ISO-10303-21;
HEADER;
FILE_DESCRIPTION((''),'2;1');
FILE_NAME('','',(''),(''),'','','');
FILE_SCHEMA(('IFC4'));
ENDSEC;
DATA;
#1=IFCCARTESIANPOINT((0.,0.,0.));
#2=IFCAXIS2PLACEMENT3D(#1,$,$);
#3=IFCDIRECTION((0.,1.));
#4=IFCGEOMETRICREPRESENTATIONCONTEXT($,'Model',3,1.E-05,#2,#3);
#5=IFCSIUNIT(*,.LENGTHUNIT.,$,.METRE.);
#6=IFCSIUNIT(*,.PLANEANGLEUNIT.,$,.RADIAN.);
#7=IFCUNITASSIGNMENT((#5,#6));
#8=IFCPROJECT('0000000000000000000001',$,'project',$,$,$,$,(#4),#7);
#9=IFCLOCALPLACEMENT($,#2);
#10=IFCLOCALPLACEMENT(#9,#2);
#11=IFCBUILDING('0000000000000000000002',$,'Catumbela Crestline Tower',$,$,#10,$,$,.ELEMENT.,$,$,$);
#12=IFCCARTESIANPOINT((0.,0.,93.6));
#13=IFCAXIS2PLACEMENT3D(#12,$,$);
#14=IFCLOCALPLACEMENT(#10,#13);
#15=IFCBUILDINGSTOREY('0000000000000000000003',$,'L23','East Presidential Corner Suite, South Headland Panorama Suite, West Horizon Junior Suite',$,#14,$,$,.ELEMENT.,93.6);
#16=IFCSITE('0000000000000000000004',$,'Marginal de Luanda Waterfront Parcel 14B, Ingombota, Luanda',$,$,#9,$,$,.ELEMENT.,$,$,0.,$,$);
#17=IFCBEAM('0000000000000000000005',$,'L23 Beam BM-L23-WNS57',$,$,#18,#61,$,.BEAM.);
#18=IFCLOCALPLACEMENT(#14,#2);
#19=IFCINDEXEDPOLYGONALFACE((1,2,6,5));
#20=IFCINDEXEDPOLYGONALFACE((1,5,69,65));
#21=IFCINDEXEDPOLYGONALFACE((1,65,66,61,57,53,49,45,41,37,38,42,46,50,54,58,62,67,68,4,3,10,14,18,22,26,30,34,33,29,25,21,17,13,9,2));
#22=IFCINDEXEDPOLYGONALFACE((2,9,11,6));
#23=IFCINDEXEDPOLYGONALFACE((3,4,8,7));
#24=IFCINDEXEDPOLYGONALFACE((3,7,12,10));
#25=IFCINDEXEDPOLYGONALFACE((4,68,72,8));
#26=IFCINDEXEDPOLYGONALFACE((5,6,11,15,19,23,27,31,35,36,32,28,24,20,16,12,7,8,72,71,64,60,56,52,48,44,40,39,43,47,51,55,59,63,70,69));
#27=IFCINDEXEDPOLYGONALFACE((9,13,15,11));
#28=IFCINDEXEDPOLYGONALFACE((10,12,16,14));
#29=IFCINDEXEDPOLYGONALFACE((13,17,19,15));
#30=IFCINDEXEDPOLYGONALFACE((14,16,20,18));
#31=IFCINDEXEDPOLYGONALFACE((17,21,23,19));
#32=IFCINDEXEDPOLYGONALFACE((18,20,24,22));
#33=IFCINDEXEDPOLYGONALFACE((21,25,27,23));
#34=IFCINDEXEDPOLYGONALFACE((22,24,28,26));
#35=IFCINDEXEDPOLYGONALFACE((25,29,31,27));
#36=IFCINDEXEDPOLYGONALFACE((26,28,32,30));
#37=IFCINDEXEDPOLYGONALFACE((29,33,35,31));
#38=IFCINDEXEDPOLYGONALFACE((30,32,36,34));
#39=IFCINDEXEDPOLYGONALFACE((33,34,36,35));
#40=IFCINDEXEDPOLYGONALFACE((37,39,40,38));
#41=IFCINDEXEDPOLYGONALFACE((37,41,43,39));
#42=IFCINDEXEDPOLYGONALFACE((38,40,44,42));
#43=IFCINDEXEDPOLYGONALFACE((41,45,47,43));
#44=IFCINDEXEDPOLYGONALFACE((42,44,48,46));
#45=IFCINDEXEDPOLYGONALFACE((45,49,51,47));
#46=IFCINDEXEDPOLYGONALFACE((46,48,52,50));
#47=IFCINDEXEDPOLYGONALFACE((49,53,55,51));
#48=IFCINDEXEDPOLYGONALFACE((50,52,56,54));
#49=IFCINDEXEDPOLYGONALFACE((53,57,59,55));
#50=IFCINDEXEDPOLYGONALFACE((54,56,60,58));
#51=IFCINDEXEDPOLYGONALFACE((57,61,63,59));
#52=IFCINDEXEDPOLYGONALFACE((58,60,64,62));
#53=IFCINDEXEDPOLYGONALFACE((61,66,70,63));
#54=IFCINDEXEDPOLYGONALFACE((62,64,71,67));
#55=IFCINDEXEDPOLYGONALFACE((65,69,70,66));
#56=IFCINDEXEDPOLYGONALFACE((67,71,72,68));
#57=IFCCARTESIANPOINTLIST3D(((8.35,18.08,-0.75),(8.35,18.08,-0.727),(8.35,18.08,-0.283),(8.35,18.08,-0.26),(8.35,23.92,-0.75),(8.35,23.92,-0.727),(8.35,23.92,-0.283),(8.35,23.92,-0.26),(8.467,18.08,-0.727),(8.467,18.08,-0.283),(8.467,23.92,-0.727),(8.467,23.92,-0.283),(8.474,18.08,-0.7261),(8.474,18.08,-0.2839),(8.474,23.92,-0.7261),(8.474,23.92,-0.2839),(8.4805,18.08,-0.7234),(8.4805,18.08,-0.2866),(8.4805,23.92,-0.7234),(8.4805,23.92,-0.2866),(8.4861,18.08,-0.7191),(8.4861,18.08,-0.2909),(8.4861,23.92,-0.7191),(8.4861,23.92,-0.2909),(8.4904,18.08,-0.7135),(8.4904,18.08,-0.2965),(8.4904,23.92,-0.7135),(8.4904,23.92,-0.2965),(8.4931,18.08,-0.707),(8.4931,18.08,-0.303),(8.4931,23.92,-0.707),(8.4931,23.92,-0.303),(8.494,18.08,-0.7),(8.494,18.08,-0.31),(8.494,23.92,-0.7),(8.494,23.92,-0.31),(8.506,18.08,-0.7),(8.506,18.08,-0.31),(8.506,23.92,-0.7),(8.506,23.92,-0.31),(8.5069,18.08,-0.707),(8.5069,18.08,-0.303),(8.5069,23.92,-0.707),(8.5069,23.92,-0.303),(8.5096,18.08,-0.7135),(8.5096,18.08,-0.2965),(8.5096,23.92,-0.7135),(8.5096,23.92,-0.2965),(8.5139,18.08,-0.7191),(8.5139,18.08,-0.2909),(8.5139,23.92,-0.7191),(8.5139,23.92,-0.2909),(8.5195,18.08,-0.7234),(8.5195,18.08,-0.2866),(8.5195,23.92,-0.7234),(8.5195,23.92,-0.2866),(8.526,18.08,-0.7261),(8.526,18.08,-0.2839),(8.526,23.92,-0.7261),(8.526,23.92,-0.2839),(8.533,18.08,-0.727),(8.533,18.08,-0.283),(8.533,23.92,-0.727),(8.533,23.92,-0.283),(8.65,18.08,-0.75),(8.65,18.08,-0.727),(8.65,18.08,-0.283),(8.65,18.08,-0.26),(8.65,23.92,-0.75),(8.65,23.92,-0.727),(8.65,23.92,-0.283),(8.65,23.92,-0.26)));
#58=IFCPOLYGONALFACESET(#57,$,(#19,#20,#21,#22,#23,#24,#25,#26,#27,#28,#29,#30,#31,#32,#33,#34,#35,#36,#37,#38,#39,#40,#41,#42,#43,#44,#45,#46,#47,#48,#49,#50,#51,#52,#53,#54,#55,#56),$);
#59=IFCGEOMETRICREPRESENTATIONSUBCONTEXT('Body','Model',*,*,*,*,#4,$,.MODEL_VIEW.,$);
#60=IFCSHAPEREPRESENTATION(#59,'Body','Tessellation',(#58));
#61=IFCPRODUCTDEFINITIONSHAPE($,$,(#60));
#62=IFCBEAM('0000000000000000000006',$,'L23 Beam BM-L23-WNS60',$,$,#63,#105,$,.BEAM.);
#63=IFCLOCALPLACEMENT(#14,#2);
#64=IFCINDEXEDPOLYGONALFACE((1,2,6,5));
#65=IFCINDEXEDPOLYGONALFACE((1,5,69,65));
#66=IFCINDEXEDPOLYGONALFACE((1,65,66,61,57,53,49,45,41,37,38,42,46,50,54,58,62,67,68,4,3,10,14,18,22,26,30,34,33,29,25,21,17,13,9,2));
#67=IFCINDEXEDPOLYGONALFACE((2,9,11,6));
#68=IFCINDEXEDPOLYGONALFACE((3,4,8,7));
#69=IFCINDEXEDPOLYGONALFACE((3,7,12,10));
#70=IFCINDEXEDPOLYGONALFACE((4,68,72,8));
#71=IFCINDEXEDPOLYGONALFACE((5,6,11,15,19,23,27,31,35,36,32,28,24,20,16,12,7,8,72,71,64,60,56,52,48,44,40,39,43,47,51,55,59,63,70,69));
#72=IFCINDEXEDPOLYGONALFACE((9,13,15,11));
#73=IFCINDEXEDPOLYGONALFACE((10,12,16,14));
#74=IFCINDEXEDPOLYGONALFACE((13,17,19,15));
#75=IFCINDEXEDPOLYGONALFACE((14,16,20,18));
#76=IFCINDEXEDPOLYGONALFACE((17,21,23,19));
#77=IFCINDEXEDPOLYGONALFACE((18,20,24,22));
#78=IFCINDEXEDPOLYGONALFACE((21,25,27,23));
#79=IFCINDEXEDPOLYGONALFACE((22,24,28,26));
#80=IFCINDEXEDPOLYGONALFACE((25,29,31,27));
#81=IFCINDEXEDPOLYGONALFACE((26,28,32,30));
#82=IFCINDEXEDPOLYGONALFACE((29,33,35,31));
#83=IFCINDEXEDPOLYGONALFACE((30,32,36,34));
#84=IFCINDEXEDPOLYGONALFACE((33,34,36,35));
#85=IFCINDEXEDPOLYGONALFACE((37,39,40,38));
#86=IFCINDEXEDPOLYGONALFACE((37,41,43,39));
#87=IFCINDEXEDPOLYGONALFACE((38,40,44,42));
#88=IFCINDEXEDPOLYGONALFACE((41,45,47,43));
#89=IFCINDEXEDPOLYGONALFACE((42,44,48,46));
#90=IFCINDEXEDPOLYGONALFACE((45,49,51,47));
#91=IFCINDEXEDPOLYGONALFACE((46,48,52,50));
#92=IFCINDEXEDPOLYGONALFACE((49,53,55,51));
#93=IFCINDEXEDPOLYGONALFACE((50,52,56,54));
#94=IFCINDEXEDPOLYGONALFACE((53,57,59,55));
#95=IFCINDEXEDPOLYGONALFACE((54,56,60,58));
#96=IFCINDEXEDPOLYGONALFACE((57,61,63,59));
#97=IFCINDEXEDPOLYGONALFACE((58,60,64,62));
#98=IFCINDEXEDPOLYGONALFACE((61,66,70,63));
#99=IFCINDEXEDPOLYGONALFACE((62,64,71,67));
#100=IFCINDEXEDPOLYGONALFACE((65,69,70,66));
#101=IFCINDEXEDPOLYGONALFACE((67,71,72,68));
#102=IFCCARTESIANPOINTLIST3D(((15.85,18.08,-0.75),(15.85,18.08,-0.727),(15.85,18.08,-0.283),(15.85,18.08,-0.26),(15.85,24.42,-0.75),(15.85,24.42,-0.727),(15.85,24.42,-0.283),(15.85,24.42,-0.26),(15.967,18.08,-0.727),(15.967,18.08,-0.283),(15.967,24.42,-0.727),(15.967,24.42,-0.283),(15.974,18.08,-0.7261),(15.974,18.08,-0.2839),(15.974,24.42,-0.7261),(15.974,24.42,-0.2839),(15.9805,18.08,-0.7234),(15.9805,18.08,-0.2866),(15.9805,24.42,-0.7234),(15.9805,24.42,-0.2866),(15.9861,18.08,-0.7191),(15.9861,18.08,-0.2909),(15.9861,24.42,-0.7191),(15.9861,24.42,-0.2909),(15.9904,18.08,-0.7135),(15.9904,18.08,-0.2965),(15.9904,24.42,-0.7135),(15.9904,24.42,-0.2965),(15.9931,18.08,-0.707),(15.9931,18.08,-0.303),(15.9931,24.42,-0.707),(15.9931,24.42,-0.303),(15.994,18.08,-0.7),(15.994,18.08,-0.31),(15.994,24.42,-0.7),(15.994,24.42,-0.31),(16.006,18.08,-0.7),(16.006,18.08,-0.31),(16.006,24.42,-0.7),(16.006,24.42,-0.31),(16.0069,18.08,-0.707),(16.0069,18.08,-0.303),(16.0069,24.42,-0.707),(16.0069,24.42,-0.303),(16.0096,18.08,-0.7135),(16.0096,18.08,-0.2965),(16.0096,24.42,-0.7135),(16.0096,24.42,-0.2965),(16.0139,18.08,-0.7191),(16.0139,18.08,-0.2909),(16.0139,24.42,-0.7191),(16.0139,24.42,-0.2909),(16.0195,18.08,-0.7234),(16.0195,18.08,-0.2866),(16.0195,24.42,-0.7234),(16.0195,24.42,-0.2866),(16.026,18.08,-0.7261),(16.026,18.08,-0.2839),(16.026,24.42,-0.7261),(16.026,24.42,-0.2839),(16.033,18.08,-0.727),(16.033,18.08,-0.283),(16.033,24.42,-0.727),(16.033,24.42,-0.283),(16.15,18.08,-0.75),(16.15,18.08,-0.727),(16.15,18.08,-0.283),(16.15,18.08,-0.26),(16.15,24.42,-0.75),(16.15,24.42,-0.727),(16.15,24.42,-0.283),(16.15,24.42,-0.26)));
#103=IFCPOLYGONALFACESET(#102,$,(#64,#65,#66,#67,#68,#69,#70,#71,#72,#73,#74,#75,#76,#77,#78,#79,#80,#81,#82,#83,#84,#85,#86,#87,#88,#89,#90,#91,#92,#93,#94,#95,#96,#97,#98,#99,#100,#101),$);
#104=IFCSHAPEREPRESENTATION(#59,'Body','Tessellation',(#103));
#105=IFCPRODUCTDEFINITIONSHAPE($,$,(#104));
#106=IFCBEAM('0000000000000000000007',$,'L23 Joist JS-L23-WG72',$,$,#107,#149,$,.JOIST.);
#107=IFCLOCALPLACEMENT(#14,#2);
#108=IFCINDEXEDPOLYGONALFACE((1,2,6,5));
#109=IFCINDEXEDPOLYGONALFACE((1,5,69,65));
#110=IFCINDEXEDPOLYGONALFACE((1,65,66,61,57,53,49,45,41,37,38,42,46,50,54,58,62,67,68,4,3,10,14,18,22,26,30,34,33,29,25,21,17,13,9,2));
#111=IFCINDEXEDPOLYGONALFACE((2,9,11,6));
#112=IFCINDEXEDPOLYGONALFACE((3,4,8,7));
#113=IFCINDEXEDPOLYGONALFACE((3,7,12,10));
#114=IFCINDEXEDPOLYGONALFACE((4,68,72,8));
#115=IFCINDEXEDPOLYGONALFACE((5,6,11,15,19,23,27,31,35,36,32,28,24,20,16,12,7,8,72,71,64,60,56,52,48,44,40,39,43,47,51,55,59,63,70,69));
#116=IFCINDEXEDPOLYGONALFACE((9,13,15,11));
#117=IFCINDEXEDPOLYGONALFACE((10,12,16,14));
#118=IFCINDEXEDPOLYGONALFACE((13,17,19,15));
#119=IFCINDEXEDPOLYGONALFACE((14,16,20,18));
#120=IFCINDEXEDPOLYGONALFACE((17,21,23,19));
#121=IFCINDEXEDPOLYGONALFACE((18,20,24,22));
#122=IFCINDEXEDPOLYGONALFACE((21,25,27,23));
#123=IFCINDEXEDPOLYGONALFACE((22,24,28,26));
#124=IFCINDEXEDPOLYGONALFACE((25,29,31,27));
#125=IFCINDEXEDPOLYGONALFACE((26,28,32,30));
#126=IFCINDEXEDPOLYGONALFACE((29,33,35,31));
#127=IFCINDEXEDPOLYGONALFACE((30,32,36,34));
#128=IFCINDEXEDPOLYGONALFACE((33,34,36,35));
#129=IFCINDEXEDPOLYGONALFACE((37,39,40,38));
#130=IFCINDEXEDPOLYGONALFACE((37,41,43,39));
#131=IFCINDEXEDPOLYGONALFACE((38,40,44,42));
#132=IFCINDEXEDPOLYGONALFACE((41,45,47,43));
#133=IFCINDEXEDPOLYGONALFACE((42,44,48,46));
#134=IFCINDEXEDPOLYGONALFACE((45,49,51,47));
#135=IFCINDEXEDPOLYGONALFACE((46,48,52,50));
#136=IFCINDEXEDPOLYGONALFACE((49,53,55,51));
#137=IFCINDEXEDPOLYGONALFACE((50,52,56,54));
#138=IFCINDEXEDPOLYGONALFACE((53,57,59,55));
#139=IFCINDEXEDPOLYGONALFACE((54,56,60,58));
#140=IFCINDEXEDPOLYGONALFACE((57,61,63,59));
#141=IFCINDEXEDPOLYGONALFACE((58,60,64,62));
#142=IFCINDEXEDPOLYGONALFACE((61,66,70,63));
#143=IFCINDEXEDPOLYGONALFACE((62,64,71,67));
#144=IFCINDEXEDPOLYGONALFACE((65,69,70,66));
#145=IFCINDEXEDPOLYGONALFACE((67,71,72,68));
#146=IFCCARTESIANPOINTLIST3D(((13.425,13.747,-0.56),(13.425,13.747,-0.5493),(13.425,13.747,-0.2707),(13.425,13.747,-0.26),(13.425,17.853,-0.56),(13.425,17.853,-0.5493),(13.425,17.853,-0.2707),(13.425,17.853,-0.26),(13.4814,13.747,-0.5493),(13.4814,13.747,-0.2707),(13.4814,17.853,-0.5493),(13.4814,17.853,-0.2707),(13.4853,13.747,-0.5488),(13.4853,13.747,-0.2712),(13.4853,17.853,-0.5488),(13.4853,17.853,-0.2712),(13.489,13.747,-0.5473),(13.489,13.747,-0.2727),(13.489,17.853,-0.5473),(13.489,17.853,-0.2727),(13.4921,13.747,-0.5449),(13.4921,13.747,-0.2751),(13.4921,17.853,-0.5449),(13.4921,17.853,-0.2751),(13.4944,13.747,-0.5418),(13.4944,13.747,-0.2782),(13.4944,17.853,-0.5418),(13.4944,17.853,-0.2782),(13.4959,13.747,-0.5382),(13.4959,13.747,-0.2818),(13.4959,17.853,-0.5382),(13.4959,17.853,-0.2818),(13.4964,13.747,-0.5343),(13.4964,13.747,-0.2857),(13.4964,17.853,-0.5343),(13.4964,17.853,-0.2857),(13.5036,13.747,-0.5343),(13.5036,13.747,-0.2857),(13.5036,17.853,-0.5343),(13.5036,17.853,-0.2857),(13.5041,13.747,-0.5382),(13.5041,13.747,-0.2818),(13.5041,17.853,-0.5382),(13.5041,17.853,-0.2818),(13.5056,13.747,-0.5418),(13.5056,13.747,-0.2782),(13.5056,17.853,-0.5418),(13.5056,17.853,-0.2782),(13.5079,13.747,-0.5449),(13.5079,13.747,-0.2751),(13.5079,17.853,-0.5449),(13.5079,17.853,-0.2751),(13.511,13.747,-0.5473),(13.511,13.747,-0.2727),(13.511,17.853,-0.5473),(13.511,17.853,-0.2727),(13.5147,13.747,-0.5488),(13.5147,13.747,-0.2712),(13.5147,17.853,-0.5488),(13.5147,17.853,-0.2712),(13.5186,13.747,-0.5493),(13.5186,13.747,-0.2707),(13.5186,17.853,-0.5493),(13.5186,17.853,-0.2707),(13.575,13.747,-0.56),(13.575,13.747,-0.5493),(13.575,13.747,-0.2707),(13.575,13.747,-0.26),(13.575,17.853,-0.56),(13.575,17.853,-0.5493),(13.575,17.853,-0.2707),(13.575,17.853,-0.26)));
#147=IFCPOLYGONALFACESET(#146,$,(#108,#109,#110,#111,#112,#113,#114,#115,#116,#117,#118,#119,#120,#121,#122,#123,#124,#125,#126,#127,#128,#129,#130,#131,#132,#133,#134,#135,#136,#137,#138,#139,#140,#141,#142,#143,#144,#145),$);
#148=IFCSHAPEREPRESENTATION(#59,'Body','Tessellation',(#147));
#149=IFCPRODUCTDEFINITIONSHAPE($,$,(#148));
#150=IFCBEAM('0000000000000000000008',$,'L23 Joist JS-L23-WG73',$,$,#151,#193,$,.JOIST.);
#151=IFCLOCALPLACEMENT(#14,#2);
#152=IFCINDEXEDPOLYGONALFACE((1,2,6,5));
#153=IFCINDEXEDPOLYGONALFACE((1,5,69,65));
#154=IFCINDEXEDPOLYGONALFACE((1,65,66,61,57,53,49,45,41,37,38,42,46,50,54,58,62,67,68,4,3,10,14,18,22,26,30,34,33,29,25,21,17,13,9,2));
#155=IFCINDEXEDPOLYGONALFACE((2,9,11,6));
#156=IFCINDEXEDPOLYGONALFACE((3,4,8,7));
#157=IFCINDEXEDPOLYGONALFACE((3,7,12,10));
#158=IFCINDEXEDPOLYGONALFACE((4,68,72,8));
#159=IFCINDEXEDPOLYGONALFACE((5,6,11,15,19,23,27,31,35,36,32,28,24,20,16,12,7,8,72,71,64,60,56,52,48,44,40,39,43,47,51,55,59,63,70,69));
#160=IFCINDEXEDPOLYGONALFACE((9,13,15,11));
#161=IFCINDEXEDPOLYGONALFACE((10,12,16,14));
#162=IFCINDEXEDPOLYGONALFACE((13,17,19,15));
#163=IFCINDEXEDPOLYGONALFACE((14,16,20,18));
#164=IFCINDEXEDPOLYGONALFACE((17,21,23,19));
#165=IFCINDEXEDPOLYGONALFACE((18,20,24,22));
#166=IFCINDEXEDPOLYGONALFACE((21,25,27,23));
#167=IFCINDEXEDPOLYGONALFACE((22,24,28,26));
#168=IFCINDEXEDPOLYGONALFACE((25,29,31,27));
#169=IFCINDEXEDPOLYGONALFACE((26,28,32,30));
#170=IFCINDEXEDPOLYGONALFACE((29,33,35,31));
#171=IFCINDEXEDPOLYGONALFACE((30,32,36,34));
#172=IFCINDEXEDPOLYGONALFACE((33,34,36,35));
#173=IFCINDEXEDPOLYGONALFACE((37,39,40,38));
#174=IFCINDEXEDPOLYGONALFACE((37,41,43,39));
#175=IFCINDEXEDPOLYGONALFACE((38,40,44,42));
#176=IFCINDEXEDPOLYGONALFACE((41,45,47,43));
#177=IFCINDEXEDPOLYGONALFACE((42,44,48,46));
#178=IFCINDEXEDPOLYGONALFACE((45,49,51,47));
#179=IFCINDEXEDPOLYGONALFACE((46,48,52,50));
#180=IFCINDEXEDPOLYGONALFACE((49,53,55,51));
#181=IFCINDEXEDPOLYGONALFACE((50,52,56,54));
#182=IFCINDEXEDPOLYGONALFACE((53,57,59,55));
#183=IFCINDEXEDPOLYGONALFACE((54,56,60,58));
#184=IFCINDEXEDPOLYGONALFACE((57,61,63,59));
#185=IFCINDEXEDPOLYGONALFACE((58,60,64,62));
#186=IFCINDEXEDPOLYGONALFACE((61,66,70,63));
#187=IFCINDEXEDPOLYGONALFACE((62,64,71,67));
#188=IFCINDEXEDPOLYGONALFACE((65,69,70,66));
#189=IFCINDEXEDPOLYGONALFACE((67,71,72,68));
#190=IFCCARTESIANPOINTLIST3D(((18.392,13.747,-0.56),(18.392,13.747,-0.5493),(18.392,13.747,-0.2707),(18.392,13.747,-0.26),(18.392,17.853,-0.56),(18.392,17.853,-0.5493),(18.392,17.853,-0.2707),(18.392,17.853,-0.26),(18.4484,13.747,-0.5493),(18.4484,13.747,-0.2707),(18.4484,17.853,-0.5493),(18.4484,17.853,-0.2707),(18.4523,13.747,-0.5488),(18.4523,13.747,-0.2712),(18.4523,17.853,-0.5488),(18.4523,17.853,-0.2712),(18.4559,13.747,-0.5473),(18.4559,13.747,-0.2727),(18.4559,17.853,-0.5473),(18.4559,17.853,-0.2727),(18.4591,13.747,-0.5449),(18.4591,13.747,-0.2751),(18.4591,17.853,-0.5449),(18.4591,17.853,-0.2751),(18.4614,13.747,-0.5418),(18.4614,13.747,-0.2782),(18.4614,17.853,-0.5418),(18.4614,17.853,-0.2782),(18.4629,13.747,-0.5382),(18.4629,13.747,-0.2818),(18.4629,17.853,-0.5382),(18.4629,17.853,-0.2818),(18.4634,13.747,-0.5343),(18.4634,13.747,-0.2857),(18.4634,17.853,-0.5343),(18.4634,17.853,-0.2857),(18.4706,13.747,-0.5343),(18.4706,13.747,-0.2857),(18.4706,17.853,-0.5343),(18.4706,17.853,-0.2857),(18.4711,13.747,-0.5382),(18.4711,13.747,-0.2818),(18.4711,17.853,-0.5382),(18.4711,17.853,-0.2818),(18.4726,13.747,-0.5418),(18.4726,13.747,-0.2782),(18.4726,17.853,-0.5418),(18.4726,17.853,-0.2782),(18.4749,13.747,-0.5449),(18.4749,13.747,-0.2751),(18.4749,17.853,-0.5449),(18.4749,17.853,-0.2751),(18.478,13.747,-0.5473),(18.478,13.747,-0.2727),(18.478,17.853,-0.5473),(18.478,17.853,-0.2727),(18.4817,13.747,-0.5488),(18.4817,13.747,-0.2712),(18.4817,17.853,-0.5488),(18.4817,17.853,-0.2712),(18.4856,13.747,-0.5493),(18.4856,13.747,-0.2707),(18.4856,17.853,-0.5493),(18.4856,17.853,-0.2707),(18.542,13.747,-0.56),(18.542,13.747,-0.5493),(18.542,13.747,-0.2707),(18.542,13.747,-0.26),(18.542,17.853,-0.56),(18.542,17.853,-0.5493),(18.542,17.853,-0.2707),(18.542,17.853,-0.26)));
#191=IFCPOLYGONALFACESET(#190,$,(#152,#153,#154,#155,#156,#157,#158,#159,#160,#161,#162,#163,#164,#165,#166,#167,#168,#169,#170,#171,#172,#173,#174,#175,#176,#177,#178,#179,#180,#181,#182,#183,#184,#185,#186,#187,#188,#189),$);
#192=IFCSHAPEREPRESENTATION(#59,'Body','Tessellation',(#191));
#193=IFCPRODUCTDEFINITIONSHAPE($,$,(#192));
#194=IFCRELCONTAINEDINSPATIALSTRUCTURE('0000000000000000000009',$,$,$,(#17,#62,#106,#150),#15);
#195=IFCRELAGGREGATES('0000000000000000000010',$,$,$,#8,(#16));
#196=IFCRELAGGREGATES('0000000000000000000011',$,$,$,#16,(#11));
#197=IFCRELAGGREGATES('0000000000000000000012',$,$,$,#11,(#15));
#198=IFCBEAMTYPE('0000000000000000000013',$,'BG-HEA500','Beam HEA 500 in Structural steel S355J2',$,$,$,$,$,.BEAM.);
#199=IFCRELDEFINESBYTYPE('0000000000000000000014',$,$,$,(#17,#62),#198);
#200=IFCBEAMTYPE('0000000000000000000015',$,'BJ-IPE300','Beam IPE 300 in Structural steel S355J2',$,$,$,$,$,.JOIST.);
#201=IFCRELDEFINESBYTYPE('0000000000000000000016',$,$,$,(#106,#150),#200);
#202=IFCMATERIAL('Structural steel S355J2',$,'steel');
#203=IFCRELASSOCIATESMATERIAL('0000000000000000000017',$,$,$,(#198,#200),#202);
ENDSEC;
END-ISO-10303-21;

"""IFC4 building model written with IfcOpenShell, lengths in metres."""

from ifc_helpers import new_model, si_unit, direction, frame, origin, origin_2d, place, context, subcontext, project, spatial, i_section, extrude, material, material_profile, profile_set, type_object, element, save


model = new_model("IFC4")

# Units and contexts
model_context = context("Model", 3, precision=1e-05, world=origin(), true_north=direction((0.0, 1.0)))
body_context = subcontext(model_context, "Body", "Model", "MODEL_VIEW")
ifc_project = project(units=[si_unit("LENGTHUNIT", "METRE"), si_unit("PLANEANGLEUNIT", "RADIAN")], contexts=[model_context])

# Site, building, storey
site_placement = place(None, origin())
site = spatial("IfcSite", under=ifc_project, at=site_placement, Name="Marginal de Luanda Waterfront Parcel 14B, Ingombota, Luanda", CompositionType="ELEMENT", RefElevation=0.0)
building_placement = place(site_placement, origin())
building = spatial("IfcBuilding", under=site, at=building_placement, Name="Catumbela Crestline Tower", CompositionType="ELEMENT")
storey_placement = place(building_placement, frame((0.0, 0.0, 93.6)))
storey = spatial("IfcBuildingStorey", under=building, at=storey_placement, Name="L23", Description="East Presidential Corner Suite, South Headland Panorama Suite, West Horizon Junior Suite", CompositionType="ELEMENT", Elevation=93.6)

# Beams
ifc_material_1 = material(Name="Structural steel S355J2", Category="steel")
ifc_material_profile_1 = material_profile(ifc_material_1, i_section(OverallWidth=0.3, OverallDepth=0.49, WebThickness=0.012, FlangeThickness=0.023, FilletRadius=0.027, at=origin_2d()), Name="HEA 500")
ifc_profile_set_1 = profile_set([ifc_material_profile_1], Name="Structural steel S355J2")
beam_type_1 = type_object("IfcBeamType", Name="BG-HEA500", Description="Beam HEA 500 in Structural steel S355J2", PredefinedType="BEAM", material=ifc_profile_set_1)
beam_1_placement = place(storey_placement, frame((8.5, 18.08, -0.505), z_axis=(0.0, 1.0, 0.0), x_axis=(-1.0, 0.0, 0.0)))
element("IfcBeam", 1, at=beam_1_placement, inside=storey, type_object=beam_type_1, Name="L23 Beam BM-L23-WNS57", PredefinedType="BEAM", context=body_context, shape_type="SweptSolid", body=[
    extrude(i_section(OverallWidth=0.3, OverallDepth=0.49, WebThickness=0.012, FlangeThickness=0.023, FilletRadius=0.027, at=origin_2d()), origin(), (0.0, 0.0, 1.0), 5.84),
])
beam_2_placement = place(storey_placement, frame((16.0, 18.08, -0.505), z_axis=(0.0, 1.0, 0.0), x_axis=(-1.0, 0.0, 0.0)))
element("IfcBeam", 2, at=beam_2_placement, inside=storey, type_object=beam_type_1, Name="L23 Beam BM-L23-WNS60", PredefinedType="BEAM", context=body_context, shape_type="SweptSolid", body=[
    extrude(i_section(OverallWidth=0.3, OverallDepth=0.49, WebThickness=0.012, FlangeThickness=0.023, FilletRadius=0.027, at=origin_2d()), origin(), (0.0, 0.0, 1.0), 6.34),
])
ifc_material_profile_2 = material_profile(ifc_material_1, i_section(OverallWidth=0.15, OverallDepth=0.3, WebThickness=0.0071, FlangeThickness=0.0107, FilletRadius=0.015, at=origin_2d()), Name="IPE 300")
ifc_profile_set_2 = profile_set([ifc_material_profile_2], Name="Structural steel S355J2")
beam_type_2 = type_object("IfcBeamType", Name="BJ-IPE300", Description="Beam IPE 300 in Structural steel S355J2", PredefinedType="JOIST", material=ifc_profile_set_2)
for number, where, z_axis, x_axis, name in (
    (3, (13.5, 13.747, -0.41), (0.0, 1.0, 0.0), (-1.0, 0.0, 0.0), "L23 Joist JS-L23-WG72"),
    (4, (18.467, 13.747, -0.41), (0.0, 1.0, 0.0), (-1.0, 0.0, 0.0), "L23 Joist JS-L23-WG73"),
):
    element("IfcBeam", number, at=place(storey_placement, frame(where, z_axis=z_axis, x_axis=x_axis)), inside=storey, type_object=beam_type_2, Name=name, PredefinedType="JOIST", context=body_context, shape_type="SweptSolid", body=[
        extrude(i_section(OverallWidth=0.15, OverallDepth=0.3, WebThickness=0.0071, FlangeThickness=0.0107, FilletRadius=0.015, at=origin_2d()), origin(), (0.0, 0.0, 1.0), 4.106),
    ])

save(model, "model.ifc")
